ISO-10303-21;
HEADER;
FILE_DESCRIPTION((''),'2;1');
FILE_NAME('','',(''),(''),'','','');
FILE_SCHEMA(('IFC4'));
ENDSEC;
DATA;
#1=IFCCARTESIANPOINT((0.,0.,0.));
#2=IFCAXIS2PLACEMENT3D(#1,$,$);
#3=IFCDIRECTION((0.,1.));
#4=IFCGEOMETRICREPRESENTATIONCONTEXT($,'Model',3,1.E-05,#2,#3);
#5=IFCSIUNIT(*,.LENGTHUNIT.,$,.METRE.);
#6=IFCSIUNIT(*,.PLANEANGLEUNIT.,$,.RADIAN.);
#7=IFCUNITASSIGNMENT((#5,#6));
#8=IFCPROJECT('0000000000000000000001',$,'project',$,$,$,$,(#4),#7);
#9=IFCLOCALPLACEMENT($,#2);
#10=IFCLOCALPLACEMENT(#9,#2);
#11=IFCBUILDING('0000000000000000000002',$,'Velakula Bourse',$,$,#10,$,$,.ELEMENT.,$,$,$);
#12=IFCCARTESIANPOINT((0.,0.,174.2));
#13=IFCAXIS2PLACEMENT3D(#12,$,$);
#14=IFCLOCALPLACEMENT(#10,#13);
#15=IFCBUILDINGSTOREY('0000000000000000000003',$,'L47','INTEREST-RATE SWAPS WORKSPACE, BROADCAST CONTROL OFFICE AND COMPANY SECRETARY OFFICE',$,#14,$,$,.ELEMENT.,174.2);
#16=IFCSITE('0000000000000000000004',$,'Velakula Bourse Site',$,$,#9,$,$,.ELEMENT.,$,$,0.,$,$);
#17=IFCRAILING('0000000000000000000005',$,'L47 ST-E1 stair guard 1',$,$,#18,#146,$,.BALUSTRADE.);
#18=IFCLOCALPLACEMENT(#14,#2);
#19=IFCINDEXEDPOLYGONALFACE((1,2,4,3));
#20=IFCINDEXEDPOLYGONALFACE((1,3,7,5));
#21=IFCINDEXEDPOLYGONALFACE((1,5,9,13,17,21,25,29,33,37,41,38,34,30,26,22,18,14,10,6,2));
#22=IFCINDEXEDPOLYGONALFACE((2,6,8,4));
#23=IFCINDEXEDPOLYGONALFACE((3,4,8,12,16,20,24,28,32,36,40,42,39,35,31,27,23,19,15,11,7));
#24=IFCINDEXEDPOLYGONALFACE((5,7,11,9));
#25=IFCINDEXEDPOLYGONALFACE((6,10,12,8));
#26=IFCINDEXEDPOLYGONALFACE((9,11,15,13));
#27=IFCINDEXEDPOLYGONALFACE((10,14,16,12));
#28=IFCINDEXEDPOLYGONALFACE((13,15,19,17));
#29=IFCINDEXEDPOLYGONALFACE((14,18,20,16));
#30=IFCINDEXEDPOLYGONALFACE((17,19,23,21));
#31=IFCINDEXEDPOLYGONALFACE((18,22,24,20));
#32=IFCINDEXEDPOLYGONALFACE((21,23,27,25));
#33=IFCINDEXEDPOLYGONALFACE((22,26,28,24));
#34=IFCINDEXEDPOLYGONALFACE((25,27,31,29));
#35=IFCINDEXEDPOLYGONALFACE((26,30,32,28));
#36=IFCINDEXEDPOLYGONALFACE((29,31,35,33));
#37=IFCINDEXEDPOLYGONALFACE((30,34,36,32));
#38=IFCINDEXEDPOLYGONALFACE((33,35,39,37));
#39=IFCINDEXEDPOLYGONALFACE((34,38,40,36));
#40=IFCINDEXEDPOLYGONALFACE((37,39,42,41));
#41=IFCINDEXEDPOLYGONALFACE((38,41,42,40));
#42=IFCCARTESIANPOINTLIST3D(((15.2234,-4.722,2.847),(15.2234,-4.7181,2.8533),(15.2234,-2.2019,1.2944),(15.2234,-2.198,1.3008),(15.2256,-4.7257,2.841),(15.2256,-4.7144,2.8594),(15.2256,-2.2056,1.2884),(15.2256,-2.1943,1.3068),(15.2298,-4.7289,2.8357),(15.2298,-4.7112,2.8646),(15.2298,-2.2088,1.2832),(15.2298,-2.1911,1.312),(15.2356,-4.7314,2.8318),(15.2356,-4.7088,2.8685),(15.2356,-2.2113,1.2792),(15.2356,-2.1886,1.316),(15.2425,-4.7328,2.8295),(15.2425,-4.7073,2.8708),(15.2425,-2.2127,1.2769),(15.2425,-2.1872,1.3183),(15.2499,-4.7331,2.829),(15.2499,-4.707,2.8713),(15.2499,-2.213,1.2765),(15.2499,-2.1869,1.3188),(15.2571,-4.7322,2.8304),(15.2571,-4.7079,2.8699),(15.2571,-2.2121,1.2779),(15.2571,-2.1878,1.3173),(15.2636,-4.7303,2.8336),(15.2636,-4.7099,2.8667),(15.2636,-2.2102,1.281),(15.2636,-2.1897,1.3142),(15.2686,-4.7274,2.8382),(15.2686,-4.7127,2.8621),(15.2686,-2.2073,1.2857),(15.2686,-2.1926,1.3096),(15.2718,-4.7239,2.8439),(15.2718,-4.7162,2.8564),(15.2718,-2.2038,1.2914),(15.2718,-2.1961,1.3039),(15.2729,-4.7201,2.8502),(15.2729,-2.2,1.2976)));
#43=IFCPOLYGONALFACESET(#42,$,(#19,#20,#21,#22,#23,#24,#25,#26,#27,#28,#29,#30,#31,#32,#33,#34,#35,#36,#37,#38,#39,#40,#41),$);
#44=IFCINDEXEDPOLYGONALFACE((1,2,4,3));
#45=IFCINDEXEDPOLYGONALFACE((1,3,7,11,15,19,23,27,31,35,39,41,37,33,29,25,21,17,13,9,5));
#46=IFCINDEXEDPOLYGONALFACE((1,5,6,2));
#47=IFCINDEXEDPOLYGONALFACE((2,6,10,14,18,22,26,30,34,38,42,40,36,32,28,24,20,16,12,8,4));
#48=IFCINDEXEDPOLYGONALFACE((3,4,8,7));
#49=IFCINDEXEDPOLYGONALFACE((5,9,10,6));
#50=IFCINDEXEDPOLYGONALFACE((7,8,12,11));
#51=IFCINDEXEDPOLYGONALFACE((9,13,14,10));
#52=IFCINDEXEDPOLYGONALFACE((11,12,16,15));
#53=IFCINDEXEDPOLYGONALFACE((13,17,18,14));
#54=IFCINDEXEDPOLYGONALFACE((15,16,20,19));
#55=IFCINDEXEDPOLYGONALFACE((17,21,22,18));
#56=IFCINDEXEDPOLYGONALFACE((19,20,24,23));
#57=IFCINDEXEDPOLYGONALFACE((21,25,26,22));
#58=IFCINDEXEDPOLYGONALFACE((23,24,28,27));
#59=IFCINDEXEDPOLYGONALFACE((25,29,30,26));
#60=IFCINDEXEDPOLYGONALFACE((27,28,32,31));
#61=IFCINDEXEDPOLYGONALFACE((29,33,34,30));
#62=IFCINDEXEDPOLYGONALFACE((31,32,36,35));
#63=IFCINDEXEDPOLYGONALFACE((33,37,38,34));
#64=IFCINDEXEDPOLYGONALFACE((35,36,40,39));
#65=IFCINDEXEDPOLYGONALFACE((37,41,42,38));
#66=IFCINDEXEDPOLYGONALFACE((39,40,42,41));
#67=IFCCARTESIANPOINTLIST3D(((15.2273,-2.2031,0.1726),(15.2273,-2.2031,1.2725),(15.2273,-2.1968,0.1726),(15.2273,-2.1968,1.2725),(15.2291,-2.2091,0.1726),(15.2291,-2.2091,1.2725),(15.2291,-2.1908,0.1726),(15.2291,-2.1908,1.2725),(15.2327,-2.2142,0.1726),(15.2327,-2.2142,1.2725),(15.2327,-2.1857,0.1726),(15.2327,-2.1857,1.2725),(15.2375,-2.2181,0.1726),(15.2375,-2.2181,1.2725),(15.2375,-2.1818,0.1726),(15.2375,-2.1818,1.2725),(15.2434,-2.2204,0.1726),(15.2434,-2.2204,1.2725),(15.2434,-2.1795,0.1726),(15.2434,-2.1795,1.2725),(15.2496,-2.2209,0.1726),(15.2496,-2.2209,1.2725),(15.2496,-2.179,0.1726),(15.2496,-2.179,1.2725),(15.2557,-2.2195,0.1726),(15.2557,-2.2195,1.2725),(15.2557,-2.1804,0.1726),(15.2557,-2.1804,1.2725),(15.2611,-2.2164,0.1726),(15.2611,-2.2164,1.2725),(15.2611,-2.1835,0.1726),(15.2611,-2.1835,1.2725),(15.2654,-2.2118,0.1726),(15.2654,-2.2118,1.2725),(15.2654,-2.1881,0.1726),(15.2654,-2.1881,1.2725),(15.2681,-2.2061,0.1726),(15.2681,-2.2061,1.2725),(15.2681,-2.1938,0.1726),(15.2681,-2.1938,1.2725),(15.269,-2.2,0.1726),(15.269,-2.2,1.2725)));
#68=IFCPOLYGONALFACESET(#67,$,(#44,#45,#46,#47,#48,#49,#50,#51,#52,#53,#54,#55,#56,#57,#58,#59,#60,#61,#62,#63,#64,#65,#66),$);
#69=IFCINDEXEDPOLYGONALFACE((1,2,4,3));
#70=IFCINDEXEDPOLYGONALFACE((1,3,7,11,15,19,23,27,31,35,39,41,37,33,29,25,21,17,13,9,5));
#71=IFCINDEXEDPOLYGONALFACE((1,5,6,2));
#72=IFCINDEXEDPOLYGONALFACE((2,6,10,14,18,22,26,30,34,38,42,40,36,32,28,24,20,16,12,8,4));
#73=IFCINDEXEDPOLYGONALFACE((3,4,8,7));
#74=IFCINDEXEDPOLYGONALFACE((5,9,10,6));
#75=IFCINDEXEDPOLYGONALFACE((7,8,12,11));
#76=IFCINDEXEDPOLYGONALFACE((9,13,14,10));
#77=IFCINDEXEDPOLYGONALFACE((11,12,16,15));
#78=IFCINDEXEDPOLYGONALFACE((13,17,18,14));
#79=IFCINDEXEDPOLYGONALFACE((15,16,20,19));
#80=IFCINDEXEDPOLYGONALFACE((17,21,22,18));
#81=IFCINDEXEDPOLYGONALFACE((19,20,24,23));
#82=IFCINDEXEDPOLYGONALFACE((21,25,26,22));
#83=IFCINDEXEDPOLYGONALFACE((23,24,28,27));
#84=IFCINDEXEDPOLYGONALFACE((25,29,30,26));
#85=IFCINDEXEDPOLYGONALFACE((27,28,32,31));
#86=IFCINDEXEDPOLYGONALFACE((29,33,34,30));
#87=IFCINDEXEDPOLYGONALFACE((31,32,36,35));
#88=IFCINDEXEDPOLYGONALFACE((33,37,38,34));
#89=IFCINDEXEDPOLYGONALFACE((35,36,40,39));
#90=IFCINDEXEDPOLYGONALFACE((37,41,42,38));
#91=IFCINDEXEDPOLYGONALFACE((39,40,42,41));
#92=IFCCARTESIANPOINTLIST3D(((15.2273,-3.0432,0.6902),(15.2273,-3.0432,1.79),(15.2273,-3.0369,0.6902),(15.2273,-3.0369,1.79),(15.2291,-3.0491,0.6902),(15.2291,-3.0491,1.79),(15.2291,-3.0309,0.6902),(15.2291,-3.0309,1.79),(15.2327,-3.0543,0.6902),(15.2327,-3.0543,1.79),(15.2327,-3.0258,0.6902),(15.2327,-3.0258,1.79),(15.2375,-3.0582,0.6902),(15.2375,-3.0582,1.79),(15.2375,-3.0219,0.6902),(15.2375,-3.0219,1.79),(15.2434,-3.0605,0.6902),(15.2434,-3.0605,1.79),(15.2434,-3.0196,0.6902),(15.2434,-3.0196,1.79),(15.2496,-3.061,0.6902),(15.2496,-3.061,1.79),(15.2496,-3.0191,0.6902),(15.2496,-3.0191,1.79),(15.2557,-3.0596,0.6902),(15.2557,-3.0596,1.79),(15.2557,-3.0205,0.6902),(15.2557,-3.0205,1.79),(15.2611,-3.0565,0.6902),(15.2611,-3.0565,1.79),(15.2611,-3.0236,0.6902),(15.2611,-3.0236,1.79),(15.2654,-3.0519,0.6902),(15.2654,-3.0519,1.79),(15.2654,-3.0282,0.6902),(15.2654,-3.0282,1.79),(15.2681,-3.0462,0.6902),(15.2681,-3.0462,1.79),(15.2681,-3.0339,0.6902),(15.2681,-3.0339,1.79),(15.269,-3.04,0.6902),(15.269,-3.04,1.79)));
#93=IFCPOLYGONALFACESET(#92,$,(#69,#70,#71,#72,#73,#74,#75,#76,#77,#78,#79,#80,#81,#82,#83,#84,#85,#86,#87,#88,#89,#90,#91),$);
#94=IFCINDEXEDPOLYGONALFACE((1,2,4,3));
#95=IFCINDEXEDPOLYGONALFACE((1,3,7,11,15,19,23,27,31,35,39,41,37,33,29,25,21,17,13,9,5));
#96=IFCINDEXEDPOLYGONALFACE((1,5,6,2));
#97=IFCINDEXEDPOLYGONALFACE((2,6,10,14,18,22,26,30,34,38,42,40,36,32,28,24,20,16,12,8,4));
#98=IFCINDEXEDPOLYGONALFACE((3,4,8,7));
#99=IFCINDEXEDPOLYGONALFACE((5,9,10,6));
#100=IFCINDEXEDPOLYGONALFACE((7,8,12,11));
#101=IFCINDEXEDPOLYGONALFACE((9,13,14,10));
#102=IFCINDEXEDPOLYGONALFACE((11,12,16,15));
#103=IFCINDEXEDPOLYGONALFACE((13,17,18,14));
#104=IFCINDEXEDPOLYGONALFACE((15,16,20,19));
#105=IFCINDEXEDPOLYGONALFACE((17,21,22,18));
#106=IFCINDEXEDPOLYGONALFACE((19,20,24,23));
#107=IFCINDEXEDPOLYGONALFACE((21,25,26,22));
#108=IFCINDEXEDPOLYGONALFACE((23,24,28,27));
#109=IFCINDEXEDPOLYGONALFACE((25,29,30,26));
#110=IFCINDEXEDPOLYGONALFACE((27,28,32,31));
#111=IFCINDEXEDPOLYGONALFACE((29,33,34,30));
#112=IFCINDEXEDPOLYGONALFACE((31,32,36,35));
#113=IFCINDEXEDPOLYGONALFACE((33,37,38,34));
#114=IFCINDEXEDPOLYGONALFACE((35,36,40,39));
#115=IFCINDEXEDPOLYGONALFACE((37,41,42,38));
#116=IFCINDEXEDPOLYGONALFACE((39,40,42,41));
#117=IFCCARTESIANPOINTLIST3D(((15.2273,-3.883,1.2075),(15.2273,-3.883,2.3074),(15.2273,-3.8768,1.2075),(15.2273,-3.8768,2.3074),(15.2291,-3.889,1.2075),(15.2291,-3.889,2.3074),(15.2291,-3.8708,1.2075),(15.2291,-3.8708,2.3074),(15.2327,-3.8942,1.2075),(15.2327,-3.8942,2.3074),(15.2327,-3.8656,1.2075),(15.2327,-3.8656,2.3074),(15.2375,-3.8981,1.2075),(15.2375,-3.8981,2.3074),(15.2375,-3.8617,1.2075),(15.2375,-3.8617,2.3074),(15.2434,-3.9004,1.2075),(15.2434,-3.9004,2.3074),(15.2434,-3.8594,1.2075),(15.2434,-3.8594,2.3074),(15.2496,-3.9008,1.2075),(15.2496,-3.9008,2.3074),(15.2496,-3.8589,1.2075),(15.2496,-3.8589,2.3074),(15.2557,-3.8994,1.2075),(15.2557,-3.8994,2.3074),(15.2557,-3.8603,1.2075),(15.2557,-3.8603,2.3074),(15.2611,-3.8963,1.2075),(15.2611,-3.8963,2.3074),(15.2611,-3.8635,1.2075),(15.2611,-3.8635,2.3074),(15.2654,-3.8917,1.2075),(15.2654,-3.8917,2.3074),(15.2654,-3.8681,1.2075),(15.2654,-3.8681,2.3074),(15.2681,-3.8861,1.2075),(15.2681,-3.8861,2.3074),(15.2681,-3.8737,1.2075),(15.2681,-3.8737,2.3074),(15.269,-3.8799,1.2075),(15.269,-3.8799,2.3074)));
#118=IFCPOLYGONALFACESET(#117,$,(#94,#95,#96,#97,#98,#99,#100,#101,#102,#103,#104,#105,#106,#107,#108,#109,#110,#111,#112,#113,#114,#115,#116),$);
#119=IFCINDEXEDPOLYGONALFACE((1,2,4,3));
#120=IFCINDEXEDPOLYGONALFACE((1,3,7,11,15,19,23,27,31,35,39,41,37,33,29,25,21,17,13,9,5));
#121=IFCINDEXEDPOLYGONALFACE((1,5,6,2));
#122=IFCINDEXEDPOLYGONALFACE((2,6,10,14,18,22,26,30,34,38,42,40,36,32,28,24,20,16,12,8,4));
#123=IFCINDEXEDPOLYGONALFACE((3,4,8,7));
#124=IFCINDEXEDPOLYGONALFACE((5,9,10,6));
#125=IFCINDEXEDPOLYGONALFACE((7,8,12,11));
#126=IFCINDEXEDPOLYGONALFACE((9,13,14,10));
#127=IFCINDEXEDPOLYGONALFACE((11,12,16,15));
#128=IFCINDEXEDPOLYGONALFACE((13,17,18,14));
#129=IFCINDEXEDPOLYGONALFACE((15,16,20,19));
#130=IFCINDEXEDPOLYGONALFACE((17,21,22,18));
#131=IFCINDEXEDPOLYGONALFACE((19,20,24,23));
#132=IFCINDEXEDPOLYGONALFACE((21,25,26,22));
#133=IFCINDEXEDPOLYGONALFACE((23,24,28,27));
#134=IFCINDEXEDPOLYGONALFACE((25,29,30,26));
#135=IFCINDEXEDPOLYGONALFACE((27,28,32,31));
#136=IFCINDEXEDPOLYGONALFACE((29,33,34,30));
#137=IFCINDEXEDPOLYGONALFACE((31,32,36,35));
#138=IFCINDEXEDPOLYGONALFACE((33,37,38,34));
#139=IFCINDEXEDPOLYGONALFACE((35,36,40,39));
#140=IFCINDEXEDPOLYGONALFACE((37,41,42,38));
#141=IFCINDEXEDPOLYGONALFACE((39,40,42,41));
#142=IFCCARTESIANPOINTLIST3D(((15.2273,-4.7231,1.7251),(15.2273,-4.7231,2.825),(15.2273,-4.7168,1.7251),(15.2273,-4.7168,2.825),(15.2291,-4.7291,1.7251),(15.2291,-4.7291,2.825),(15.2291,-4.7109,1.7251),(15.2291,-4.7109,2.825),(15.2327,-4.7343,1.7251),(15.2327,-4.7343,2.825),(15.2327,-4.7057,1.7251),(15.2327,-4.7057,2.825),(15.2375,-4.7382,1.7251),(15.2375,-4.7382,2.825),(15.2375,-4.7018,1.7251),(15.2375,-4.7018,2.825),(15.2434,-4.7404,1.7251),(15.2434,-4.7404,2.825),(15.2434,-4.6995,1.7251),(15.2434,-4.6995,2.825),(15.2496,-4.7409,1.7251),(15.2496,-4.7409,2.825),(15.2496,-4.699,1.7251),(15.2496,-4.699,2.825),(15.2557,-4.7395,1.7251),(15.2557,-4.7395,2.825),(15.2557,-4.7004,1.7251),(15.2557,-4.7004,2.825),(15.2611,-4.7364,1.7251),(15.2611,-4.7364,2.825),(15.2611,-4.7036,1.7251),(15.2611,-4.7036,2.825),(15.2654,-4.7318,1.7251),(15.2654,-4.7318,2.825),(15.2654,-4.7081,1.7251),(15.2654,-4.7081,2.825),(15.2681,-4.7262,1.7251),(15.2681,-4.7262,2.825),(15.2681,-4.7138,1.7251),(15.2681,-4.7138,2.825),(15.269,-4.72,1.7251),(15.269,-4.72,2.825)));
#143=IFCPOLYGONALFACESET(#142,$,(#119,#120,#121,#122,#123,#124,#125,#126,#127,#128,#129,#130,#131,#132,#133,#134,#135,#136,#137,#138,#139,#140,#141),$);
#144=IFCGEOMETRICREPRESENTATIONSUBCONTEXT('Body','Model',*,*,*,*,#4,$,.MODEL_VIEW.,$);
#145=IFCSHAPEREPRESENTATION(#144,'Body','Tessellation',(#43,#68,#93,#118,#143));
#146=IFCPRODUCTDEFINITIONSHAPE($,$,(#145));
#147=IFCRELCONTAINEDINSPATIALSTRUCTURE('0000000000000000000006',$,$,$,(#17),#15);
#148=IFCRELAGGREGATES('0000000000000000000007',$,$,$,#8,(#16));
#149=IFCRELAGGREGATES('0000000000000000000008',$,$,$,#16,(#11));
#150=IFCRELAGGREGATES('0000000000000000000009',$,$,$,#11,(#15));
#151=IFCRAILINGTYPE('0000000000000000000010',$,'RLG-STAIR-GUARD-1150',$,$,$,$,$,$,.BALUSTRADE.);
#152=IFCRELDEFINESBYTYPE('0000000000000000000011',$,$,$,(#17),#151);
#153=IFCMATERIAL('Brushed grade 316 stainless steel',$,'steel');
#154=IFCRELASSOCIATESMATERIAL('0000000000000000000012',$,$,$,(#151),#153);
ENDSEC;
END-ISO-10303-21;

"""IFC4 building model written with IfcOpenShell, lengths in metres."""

from ifc_helpers import new_model, si_unit, direction, frame, origin, origin_2d, place, context, subcontext, project, spatial, circle, extrude, material, type_object, element, save


model = new_model("IFC4")

# Units and contexts
model_context = context("Model", 3, precision=1e-05, world=origin(), true_north=direction((0.0, 1.0)))
body_context = subcontext(model_context, "Body", "Model", "MODEL_VIEW")
ifc_project = project(units=[si_unit("LENGTHUNIT", "METRE"), si_unit("PLANEANGLEUNIT", "RADIAN")], contexts=[model_context])

# Site, building, storey
site_placement = place(None, origin())
site = spatial("IfcSite", under=ifc_project, at=site_placement, Name="Velakula Bourse Site", CompositionType="ELEMENT", RefElevation=0.0)
building_placement = place(site_placement, origin())
building = spatial("IfcBuilding", under=site, at=building_placement, Name="Velakula Bourse", CompositionType="ELEMENT")
storey_placement = place(building_placement, frame((0.0, 0.0, 174.2)))
storey = spatial("IfcBuildingStorey", under=building, at=storey_placement, Name="L47", Description="INTEREST-RATE SWAPS WORKSPACE, BROADCAST CONTROL OFFICE AND COMPANY SECRETARY OFFICE", CompositionType="ELEMENT", Elevation=174.2)

# Shared definitions
ifc_material_1 = material(Name="Brushed grade 316 stainless steel", Category="steel")

# Railing
railing_type_1 = type_object("IfcRailingType", Name="RLG-STAIR-GUARD-1150", PredefinedType="BALUSTRADE", material=ifc_material_1)
railing_1_placement = place(storey_placement, frame((15.248, -2.2, 0.1726)))
element("IfcRailing", 1, at=railing_1_placement, inside=storey, type_object=railing_type_1, Name="L47 ST-E1 stair guard 1", PredefinedType="BALUSTRADE", context=body_context, shape_type="SweptSolid", body=[
    extrude(circle(Radius=0.0249, at=origin_2d()), frame((0.0, 0.0, 1.125), z_axis=(0.0, -0.8514, 0.524516), x_axis=(1.0, 0.0, 0.0)), (0.0, 0.0, 1.0), 2.96),
    extrude(circle(Radius=0.021, at=origin_2d()), origin(), (0.0, 0.0, 1.0), 1.0999),
    extrude(circle(Radius=0.021, at=origin_2d()), frame((0.0, -0.8401, 0.5176)), (0.0, 0.0, 1.0), 1.0999),
    extrude(circle(Radius=0.021, at=origin_2d()), frame((0.0, -1.6799, 1.0349)), (0.0, 0.0, 1.0), 1.0999),
    extrude(circle(Radius=0.021, at=origin_2d()), frame((0.0, -2.52, 1.5525)), (0.0, 0.0, 1.0), 1.0999),
])

save(model, "model.ifc")
